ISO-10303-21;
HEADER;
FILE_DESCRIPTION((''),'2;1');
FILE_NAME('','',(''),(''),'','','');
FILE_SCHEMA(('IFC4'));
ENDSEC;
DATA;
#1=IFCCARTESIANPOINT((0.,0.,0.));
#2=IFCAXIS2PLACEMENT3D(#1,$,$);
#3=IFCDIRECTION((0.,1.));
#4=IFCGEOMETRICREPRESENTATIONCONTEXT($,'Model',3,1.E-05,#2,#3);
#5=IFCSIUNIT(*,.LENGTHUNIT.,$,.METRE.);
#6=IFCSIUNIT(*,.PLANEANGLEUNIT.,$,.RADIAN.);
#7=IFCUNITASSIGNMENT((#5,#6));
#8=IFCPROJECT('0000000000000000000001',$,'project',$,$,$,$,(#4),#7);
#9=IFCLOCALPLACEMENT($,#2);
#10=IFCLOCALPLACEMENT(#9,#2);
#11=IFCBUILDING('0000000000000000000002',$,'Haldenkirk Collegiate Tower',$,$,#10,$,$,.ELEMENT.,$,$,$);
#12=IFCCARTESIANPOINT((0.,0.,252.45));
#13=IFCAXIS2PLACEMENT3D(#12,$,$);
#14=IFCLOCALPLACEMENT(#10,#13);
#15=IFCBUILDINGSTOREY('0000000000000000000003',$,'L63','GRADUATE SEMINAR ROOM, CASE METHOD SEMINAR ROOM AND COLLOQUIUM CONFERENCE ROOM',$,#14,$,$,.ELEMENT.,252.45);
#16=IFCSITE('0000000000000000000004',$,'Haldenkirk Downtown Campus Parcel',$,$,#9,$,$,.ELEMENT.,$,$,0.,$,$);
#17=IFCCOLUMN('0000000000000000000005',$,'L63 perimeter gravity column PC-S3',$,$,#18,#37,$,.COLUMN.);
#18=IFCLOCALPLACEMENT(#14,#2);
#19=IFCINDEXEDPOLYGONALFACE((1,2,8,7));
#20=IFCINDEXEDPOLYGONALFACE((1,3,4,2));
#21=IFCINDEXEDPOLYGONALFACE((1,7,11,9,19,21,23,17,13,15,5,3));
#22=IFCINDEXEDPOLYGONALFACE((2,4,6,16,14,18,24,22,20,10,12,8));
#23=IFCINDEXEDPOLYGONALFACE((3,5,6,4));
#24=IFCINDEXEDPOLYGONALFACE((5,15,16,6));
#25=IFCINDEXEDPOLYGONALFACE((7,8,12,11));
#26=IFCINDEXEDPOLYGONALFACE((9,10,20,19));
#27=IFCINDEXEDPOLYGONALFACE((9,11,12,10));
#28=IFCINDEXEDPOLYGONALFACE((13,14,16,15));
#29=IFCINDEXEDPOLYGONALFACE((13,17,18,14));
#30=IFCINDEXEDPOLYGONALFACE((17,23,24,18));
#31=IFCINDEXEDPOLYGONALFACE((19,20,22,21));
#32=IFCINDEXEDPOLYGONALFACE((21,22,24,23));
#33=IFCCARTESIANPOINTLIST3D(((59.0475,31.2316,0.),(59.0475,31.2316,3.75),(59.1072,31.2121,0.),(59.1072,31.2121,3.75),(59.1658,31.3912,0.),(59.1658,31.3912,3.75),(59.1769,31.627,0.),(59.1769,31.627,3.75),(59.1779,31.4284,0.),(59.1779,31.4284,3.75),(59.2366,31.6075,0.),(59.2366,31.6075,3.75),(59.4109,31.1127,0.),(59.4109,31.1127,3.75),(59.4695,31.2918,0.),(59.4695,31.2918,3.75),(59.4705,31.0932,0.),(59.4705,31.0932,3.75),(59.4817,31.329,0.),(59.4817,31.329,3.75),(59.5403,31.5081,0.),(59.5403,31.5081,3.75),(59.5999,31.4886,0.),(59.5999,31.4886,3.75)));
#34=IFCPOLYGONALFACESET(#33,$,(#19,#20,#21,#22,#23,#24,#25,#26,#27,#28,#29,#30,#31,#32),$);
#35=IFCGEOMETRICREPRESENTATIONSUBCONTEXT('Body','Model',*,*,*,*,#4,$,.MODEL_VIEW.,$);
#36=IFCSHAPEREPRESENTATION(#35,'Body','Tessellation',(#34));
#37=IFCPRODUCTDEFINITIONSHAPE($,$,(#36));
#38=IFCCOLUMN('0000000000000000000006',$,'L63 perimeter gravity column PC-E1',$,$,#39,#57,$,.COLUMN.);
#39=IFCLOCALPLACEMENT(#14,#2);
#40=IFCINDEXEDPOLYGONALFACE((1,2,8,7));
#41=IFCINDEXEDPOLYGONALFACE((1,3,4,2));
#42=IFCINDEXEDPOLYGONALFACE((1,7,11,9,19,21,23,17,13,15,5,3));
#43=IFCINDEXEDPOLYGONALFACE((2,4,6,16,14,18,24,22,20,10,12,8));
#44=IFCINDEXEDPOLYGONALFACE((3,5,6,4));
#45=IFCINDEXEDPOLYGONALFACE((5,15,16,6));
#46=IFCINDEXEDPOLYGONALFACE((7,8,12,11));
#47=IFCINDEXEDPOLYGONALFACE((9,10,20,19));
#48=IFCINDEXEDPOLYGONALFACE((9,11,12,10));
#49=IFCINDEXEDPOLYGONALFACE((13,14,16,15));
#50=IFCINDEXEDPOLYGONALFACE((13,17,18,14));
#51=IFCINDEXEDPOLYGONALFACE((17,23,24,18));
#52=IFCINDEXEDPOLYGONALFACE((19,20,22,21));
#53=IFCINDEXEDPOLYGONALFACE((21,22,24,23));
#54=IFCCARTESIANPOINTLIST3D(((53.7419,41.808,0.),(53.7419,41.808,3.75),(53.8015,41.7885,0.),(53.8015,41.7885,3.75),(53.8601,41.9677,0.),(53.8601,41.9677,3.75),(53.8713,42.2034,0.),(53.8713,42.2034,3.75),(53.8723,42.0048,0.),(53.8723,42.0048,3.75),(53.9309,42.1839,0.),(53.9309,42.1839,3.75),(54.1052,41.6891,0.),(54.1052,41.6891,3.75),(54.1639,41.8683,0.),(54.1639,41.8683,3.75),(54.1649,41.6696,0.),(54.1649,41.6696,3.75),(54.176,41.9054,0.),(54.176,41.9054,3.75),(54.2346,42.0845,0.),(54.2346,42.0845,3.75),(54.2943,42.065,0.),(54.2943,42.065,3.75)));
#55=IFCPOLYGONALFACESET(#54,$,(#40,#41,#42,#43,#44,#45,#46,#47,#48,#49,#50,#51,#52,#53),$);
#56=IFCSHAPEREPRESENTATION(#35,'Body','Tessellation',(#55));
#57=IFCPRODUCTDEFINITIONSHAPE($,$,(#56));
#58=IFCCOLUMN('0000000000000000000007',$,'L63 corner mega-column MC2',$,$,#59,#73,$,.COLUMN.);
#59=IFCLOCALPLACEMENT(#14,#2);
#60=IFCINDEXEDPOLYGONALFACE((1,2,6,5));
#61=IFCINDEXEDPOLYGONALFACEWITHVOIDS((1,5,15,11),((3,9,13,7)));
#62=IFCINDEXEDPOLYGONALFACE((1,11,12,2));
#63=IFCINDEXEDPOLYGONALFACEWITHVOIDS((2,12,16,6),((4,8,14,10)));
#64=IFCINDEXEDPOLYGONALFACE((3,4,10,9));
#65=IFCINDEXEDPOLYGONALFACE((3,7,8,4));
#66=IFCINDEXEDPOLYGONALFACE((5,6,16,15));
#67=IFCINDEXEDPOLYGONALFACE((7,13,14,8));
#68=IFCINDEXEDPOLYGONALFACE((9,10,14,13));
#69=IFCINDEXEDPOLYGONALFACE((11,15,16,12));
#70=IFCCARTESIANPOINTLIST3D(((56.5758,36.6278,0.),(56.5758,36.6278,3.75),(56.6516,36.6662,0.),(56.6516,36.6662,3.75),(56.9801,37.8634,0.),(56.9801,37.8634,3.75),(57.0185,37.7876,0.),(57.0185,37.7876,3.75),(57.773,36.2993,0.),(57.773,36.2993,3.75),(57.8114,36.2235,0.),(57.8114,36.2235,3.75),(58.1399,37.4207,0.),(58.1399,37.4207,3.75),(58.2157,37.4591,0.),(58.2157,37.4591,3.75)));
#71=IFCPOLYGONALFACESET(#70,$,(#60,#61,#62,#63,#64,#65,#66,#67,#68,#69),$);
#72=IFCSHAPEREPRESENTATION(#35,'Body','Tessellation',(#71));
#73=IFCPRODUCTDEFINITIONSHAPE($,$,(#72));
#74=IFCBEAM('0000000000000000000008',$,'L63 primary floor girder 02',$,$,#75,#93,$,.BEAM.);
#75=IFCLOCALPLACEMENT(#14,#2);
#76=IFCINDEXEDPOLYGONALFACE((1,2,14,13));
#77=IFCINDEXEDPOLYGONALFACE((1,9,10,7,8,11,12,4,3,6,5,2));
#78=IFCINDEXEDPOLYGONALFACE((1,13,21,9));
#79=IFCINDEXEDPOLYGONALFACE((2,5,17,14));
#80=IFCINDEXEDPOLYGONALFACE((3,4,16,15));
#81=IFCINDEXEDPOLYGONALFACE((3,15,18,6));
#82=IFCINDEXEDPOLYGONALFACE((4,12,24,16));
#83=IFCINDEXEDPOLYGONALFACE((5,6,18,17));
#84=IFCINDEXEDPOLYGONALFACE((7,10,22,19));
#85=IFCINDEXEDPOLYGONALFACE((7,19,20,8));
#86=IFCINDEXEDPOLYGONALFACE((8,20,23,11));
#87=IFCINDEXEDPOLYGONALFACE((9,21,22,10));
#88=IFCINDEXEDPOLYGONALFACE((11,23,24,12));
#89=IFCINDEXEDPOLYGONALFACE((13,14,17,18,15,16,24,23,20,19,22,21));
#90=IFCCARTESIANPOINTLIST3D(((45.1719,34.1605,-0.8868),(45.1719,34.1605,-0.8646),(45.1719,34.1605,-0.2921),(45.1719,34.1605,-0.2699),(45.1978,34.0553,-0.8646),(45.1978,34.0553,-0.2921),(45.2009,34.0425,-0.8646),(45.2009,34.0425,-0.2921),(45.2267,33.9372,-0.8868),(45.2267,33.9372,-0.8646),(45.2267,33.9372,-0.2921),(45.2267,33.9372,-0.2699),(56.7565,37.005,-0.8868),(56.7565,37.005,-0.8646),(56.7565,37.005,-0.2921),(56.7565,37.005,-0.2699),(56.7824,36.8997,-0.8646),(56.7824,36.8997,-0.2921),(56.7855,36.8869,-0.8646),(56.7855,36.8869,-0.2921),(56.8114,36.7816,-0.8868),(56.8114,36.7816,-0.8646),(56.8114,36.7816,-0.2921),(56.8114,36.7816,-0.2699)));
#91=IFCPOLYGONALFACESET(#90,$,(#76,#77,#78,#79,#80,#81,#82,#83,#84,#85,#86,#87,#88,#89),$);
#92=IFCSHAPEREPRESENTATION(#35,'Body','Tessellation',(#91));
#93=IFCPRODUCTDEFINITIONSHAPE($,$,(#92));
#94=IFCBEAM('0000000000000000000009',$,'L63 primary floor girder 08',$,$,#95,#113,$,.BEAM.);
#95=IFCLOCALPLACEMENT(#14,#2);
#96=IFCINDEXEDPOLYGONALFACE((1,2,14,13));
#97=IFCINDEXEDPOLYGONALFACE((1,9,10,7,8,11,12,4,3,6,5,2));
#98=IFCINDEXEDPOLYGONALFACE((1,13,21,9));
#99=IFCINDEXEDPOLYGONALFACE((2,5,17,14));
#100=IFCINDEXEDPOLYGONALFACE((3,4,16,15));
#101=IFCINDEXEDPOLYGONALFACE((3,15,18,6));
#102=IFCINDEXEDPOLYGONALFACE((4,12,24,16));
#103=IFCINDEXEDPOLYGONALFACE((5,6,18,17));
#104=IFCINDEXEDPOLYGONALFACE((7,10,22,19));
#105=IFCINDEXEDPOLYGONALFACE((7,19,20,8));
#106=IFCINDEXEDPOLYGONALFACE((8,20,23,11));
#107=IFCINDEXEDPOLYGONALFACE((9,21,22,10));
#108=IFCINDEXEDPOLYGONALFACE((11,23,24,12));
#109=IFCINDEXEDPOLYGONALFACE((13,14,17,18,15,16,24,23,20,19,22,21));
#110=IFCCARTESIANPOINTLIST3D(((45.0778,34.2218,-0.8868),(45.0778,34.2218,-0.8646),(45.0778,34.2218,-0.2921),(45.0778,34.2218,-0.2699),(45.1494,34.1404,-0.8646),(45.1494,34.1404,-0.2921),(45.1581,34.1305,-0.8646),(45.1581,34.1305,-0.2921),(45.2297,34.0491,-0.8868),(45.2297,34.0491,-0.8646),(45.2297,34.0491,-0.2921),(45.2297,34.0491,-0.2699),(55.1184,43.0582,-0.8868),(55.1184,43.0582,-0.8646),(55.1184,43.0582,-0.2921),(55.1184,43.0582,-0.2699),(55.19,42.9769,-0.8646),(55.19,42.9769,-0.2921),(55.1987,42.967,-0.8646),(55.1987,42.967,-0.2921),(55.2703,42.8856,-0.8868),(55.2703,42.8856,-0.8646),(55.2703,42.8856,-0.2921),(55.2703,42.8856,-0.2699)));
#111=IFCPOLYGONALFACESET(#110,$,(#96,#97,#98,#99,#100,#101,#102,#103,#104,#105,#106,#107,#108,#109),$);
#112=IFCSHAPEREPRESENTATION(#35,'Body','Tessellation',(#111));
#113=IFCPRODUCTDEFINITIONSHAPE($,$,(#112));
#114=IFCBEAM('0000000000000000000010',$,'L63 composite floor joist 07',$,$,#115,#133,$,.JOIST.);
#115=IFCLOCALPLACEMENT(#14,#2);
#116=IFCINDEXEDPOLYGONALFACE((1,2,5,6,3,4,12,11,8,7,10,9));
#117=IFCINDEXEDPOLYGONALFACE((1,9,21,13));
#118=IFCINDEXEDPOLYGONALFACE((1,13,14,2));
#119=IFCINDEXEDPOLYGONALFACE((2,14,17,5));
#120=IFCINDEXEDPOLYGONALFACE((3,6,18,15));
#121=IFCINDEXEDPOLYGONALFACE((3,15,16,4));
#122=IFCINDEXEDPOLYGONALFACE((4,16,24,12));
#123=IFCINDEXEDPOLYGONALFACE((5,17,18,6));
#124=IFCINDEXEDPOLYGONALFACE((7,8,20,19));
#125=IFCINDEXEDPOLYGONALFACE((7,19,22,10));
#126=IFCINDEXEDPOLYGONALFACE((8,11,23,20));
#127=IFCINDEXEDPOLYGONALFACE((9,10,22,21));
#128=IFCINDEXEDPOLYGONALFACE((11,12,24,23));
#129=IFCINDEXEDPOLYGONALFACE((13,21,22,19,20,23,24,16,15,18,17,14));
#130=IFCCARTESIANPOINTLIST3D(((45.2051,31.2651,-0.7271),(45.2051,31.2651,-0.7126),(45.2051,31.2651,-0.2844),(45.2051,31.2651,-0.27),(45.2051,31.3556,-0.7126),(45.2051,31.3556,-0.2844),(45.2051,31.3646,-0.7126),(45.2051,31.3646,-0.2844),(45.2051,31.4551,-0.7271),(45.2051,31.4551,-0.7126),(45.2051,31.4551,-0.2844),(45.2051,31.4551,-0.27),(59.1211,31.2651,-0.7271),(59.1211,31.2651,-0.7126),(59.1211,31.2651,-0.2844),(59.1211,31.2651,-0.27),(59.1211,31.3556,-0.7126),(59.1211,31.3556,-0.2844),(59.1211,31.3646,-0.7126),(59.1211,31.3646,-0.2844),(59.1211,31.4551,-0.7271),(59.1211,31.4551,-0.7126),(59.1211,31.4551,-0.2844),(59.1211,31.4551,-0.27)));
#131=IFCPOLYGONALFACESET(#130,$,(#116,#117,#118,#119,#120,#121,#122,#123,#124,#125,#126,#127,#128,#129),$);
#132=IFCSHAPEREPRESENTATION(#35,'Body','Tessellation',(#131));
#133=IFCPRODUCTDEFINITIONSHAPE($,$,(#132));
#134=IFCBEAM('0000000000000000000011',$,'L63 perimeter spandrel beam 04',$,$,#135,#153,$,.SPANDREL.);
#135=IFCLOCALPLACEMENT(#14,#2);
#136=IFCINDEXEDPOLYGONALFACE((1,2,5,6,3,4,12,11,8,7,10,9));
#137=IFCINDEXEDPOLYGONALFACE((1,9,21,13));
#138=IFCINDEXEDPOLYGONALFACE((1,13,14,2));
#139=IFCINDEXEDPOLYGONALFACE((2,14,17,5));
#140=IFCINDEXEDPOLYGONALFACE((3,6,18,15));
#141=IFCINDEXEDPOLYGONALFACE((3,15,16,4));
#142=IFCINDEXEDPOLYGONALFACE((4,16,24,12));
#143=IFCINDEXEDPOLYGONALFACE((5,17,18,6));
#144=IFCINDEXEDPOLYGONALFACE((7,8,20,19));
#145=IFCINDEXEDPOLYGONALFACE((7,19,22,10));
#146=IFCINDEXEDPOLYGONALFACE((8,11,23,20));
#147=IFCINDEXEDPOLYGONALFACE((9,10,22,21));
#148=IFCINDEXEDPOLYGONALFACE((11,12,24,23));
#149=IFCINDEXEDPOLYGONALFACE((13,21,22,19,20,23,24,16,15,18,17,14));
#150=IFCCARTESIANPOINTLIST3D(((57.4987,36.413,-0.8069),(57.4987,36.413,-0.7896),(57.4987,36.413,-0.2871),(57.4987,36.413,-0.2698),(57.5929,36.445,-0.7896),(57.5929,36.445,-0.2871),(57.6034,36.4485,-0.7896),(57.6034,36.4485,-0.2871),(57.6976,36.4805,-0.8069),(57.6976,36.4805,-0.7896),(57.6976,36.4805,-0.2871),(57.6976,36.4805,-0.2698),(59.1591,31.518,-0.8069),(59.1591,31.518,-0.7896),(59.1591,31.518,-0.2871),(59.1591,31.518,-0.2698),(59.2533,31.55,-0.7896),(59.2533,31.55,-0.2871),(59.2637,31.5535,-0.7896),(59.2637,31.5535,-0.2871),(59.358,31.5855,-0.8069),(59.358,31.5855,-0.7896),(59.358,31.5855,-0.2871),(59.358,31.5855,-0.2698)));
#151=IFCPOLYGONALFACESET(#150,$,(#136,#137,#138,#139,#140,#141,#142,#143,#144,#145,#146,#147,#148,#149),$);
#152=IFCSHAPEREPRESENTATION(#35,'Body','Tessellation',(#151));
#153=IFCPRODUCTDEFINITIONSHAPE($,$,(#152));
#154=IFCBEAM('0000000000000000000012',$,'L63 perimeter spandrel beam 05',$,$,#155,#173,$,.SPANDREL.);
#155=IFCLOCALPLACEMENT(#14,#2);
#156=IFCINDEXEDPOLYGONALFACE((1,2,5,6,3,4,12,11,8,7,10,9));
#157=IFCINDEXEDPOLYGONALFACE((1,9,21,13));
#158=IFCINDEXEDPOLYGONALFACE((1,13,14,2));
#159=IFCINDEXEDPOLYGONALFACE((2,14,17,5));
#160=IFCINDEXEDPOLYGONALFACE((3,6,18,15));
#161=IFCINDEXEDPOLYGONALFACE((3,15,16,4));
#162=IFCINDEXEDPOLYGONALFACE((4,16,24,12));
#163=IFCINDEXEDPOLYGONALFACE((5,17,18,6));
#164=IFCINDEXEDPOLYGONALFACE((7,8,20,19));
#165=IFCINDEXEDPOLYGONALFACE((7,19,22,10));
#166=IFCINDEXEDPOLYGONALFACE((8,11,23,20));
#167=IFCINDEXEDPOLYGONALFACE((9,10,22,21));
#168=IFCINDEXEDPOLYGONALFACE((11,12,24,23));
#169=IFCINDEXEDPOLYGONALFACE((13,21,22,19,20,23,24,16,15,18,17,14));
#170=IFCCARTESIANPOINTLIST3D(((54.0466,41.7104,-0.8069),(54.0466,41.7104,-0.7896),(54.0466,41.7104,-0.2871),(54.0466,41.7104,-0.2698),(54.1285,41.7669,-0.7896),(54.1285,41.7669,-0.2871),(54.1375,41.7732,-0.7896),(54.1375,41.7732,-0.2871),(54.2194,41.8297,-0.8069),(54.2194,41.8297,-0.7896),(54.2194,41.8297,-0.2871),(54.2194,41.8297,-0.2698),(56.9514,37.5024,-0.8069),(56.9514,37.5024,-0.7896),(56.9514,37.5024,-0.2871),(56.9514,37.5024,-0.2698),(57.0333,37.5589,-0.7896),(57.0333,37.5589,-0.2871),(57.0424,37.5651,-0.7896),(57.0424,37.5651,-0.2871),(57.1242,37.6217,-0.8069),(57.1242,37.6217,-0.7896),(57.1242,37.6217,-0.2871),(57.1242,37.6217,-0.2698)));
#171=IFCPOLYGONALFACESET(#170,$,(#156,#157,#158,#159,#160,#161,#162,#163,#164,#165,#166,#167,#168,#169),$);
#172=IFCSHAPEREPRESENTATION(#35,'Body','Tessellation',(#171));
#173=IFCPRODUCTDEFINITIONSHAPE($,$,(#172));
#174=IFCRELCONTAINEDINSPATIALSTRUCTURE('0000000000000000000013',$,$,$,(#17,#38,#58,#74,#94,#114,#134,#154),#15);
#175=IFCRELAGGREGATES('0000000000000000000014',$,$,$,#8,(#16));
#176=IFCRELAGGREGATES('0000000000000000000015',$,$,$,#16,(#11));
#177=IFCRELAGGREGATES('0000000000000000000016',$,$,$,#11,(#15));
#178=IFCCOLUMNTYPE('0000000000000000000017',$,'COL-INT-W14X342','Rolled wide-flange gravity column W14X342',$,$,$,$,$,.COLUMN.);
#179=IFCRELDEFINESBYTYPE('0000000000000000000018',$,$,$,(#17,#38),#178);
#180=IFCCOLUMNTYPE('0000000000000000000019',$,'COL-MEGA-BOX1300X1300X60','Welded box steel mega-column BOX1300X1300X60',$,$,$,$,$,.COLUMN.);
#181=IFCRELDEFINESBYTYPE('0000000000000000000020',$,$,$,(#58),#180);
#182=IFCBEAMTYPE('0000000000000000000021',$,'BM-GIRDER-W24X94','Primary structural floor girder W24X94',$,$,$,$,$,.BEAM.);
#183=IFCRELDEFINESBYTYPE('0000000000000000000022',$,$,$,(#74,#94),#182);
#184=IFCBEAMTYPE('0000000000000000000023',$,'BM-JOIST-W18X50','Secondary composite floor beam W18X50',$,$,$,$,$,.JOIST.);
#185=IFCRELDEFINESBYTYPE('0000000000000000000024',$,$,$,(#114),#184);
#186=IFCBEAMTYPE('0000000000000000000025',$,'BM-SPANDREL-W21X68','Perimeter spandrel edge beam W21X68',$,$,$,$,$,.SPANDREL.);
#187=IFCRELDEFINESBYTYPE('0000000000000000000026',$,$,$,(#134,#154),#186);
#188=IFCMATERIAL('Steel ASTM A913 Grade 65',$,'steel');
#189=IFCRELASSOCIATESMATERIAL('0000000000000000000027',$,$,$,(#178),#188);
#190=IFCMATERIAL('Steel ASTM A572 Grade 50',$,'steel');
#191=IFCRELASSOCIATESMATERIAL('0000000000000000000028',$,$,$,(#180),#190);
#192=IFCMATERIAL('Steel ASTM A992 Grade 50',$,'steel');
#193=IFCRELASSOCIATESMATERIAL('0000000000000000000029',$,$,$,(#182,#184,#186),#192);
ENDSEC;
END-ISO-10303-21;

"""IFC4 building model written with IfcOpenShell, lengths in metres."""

from ifc_helpers import new_model, si_unit, direction, frame, origin, origin_2d, place, context, subcontext, project, spatial, hollow_rectangle, i_section, extrude, material, material_profile, profile_set, type_object, element, save


model = new_model("IFC4")

# Units and contexts
model_context = context("Model", 3, precision=1e-05, world=origin(), true_north=direction((0.0, 1.0)))
body_context = subcontext(model_context, "Body", "Model", "MODEL_VIEW")
ifc_project = project(units=[si_unit("LENGTHUNIT", "METRE"), si_unit("PLANEANGLEUNIT", "RADIAN")], contexts=[model_context])

# Site, building, storey
site_placement = place(None, origin())
site = spatial("IfcSite", under=ifc_project, at=site_placement, Name="Haldenkirk Downtown Campus Parcel", CompositionType="ELEMENT", RefElevation=0.0)
building_placement = place(site_placement, origin())
building = spatial("IfcBuilding", under=site, at=building_placement, Name="Haldenkirk Collegiate Tower", CompositionType="ELEMENT")
storey_placement = place(building_placement, frame((0.0, 0.0, 252.45)))
storey = spatial("IfcBuildingStorey", under=building, at=storey_placement, Name="L63", Description="GRADUATE SEMINAR ROOM, CASE METHOD SEMINAR ROOM AND COLLOQUIUM CONFERENCE ROOM", CompositionType="ELEMENT", Elevation=252.45)

# Columns
ifc_material_1 = material(Name="Steel ASTM A913 Grade 65", Category="steel")
ifc_material_profile_1 = material_profile(ifc_material_1, i_section(OverallWidth=0.416, OverallDepth=0.4451, WebThickness=0.0391, FlangeThickness=0.0627, at=origin_2d()), Name="W14X342")
ifc_profile_set_1 = profile_set([ifc_material_profile_1], Name="Steel ASTM A913 Grade 65")
column_type_1 = type_object("IfcColumnType", Name="COL-INT-W14X342", Description="Rolled wide-flange gravity column W14X342", PredefinedType="COLUMN", material=ifc_profile_set_1)
for number, where, z_axis, x_axis, name in (
    (1, (59.3237, 31.3601, 0.0), (0.0, 0.0, 1.0), (0.311008, 0.950407, 0.0), "L63 perimeter gravity column PC-S3"),
    (2, (54.0181, 41.9365, 0.0), (0.0, 0.0, 1.0), (0.311008, 0.950407, 0.0), "L63 perimeter gravity column PC-E1"),
):
    element("IfcColumn", number, at=place(storey_placement, frame(where, z_axis=z_axis, x_axis=x_axis)), inside=storey, type_object=column_type_1, Name=name, PredefinedType="COLUMN", context=body_context, shape_type="SweptSolid", body=[
        extrude(i_section(OverallWidth=0.416, OverallDepth=0.4451, WebThickness=0.0391, FlangeThickness=0.0627, at=origin_2d()), origin(), (0.0, 0.0, 1.0), 3.75),
    ])
ifc_material_2 = material(Name="Steel ASTM A572 Grade 50", Category="steel")
ifc_material_profile_2 = material_profile(ifc_material_2, hollow_rectangle(XDim=1.3, YDim=1.3, WallThickness=0.0601, at=origin_2d()), Name="BOX1300X1300X60")
ifc_profile_set_2 = profile_set([ifc_material_profile_2], Name="Steel ASTM A572 Grade 50")
column_type_2 = type_object("IfcColumnType", Name="COL-MEGA-BOX1300X1300X60", Description="Welded box steel mega-column BOX1300X1300X60", PredefinedType="COLUMN", material=ifc_profile_set_2)
column_placement = place(storey_placement, frame((57.3958, 37.0435, 0.0), z_axis=(0.0, 0.0, 1.0), x_axis=(0.311008, 0.950407, 0.0)))
element("IfcColumn", 3, at=column_placement, inside=storey, type_object=column_type_2, Name="L63 corner mega-column MC2", PredefinedType="COLUMN", context=body_context, shape_type="SweptSolid", body=[
    extrude(hollow_rectangle(XDim=1.3, YDim=1.3, WallThickness=0.0601, at=origin_2d()), origin(), (0.0, 0.0, 1.0), 3.75),
])

# Beams
ifc_material_3 = material(Name="Steel ASTM A992 Grade 50", Category="steel")
ifc_material_profile_3 = material_profile(ifc_material_3, i_section(OverallWidth=0.23, OverallDepth=0.6169, WebThickness=0.0132, FlangeThickness=0.0222, at=origin_2d()), Name="W24X94")
ifc_profile_set_3 = profile_set([ifc_material_profile_3], Name="Steel ASTM A992 Grade 50")
beam_type_1 = type_object("IfcBeamType", Name="BM-GIRDER-W24X94", Description="Primary structural floor girder W24X94", PredefinedType="BEAM", material=ifc_profile_set_3)
beam_1_placement = place(storey_placement, frame((56.7839, 36.8933, -0.5784), z_axis=(-0.971154, -0.238455, 0.0), x_axis=(0.238455, -0.971154, 0.0)))
element("IfcBeam", 4, at=beam_1_placement, inside=storey, type_object=beam_type_1, Name="L63 primary floor girder 02", PredefinedType="BEAM", context=body_context, shape_type="SweptSolid", body=[
    extrude(i_section(OverallWidth=0.23, OverallDepth=0.6169, WebThickness=0.0132, FlangeThickness=0.0222, at=origin_2d()), origin(), (0.0, 0.0, 1.0), 11.9287),
])
beam_2_placement = place(storey_placement, frame((55.1943, 42.9719, -0.5784), z_axis=(-0.750685, -0.66066, 0.0), x_axis=(0.66066, -0.750685, 0.0)))
element("IfcBeam", 5, at=beam_2_placement, inside=storey, type_object=beam_type_1, Name="L63 primary floor girder 08", PredefinedType="BEAM", context=body_context, shape_type="SweptSolid", body=[
    extrude(i_section(OverallWidth=0.23, OverallDepth=0.6169, WebThickness=0.0132, FlangeThickness=0.0222, at=origin_2d()), origin(), (0.0, 0.0, 1.0), 13.3752),
])
ifc_material_profile_4 = material_profile(ifc_material_3, i_section(OverallWidth=0.1899, OverallDepth=0.457, WebThickness=0.009, FlangeThickness=0.0144, at=origin_2d()), Name="W18X50")
ifc_profile_set_4 = profile_set([ifc_material_profile_4], Name="Steel ASTM A992 Grade 50")
beam_type_2 = type_object("IfcBeamType", Name="BM-JOIST-W18X50", Description="Secondary composite floor beam W18X50", PredefinedType="JOIST", material=ifc_profile_set_4)
beam_3_placement = place(storey_placement, frame((59.1211, 31.3601, -0.4985), z_axis=(-1.0, 0.0, 0.0), x_axis=(0.0, -1.0, 0.0)))
element("IfcBeam", 6, at=beam_3_placement, inside=storey, type_object=beam_type_2, Name="L63 composite floor joist 07", PredefinedType="JOIST", context=body_context, shape_type="SweptSolid", body=[
    extrude(i_section(OverallWidth=0.1899, OverallDepth=0.457, WebThickness=0.009, FlangeThickness=0.0144, at=origin_2d()), origin(), (0.0, 0.0, 1.0), 13.916),
])
ifc_material_profile_5 = material_profile(ifc_material_3, i_section(OverallWidth=0.21, OverallDepth=0.5371, WebThickness=0.011, FlangeThickness=0.0173, at=origin_2d()), Name="W21X68")
ifc_profile_set_5 = profile_set([ifc_material_profile_5], Name="Steel ASTM A992 Grade 50")
beam_type_3 = type_object("IfcBeamType", Name="BM-SPANDREL-W21X68", Description="Perimeter spandrel edge beam W21X68", PredefinedType="SPANDREL", material=ifc_profile_set_5)
beam_4_placement = place(storey_placement, frame((59.2585, 31.5518, -0.5383), z_axis=(-0.321225, 0.947003, 0.0), x_axis=(-0.947003, -0.321225, 0.0)))
element("IfcBeam", 7, at=beam_4_placement, inside=storey, type_object=beam_type_3, Name="L63 perimeter spandrel beam 04", PredefinedType="SPANDREL", context=body_context, shape_type="SweptSolid", body=[
    extrude(i_section(OverallWidth=0.21, OverallDepth=0.5371, WebThickness=0.011, FlangeThickness=0.0173, at=origin_2d()), origin(), (0.0, 0.0, 1.0), 5.1689),
])
beam_5_placement = place(storey_placement, frame((57.0378, 37.562, -0.5383), z_axis=(-0.568092, 0.822965, 0.0), x_axis=(-0.822965, -0.568092, 0.0)))
element("IfcBeam", 8, at=beam_5_placement, inside=storey, type_object=beam_type_3, Name="L63 perimeter spandrel beam 05", PredefinedType="SPANDREL", context=body_context, shape_type="SweptSolid", body=[
    extrude(i_section(OverallWidth=0.21, OverallDepth=0.5371, WebThickness=0.011, FlangeThickness=0.0173, at=origin_2d()), origin(), (0.0, 0.0, 1.0), 5.1133),
])

save(model, "model.ifc")
